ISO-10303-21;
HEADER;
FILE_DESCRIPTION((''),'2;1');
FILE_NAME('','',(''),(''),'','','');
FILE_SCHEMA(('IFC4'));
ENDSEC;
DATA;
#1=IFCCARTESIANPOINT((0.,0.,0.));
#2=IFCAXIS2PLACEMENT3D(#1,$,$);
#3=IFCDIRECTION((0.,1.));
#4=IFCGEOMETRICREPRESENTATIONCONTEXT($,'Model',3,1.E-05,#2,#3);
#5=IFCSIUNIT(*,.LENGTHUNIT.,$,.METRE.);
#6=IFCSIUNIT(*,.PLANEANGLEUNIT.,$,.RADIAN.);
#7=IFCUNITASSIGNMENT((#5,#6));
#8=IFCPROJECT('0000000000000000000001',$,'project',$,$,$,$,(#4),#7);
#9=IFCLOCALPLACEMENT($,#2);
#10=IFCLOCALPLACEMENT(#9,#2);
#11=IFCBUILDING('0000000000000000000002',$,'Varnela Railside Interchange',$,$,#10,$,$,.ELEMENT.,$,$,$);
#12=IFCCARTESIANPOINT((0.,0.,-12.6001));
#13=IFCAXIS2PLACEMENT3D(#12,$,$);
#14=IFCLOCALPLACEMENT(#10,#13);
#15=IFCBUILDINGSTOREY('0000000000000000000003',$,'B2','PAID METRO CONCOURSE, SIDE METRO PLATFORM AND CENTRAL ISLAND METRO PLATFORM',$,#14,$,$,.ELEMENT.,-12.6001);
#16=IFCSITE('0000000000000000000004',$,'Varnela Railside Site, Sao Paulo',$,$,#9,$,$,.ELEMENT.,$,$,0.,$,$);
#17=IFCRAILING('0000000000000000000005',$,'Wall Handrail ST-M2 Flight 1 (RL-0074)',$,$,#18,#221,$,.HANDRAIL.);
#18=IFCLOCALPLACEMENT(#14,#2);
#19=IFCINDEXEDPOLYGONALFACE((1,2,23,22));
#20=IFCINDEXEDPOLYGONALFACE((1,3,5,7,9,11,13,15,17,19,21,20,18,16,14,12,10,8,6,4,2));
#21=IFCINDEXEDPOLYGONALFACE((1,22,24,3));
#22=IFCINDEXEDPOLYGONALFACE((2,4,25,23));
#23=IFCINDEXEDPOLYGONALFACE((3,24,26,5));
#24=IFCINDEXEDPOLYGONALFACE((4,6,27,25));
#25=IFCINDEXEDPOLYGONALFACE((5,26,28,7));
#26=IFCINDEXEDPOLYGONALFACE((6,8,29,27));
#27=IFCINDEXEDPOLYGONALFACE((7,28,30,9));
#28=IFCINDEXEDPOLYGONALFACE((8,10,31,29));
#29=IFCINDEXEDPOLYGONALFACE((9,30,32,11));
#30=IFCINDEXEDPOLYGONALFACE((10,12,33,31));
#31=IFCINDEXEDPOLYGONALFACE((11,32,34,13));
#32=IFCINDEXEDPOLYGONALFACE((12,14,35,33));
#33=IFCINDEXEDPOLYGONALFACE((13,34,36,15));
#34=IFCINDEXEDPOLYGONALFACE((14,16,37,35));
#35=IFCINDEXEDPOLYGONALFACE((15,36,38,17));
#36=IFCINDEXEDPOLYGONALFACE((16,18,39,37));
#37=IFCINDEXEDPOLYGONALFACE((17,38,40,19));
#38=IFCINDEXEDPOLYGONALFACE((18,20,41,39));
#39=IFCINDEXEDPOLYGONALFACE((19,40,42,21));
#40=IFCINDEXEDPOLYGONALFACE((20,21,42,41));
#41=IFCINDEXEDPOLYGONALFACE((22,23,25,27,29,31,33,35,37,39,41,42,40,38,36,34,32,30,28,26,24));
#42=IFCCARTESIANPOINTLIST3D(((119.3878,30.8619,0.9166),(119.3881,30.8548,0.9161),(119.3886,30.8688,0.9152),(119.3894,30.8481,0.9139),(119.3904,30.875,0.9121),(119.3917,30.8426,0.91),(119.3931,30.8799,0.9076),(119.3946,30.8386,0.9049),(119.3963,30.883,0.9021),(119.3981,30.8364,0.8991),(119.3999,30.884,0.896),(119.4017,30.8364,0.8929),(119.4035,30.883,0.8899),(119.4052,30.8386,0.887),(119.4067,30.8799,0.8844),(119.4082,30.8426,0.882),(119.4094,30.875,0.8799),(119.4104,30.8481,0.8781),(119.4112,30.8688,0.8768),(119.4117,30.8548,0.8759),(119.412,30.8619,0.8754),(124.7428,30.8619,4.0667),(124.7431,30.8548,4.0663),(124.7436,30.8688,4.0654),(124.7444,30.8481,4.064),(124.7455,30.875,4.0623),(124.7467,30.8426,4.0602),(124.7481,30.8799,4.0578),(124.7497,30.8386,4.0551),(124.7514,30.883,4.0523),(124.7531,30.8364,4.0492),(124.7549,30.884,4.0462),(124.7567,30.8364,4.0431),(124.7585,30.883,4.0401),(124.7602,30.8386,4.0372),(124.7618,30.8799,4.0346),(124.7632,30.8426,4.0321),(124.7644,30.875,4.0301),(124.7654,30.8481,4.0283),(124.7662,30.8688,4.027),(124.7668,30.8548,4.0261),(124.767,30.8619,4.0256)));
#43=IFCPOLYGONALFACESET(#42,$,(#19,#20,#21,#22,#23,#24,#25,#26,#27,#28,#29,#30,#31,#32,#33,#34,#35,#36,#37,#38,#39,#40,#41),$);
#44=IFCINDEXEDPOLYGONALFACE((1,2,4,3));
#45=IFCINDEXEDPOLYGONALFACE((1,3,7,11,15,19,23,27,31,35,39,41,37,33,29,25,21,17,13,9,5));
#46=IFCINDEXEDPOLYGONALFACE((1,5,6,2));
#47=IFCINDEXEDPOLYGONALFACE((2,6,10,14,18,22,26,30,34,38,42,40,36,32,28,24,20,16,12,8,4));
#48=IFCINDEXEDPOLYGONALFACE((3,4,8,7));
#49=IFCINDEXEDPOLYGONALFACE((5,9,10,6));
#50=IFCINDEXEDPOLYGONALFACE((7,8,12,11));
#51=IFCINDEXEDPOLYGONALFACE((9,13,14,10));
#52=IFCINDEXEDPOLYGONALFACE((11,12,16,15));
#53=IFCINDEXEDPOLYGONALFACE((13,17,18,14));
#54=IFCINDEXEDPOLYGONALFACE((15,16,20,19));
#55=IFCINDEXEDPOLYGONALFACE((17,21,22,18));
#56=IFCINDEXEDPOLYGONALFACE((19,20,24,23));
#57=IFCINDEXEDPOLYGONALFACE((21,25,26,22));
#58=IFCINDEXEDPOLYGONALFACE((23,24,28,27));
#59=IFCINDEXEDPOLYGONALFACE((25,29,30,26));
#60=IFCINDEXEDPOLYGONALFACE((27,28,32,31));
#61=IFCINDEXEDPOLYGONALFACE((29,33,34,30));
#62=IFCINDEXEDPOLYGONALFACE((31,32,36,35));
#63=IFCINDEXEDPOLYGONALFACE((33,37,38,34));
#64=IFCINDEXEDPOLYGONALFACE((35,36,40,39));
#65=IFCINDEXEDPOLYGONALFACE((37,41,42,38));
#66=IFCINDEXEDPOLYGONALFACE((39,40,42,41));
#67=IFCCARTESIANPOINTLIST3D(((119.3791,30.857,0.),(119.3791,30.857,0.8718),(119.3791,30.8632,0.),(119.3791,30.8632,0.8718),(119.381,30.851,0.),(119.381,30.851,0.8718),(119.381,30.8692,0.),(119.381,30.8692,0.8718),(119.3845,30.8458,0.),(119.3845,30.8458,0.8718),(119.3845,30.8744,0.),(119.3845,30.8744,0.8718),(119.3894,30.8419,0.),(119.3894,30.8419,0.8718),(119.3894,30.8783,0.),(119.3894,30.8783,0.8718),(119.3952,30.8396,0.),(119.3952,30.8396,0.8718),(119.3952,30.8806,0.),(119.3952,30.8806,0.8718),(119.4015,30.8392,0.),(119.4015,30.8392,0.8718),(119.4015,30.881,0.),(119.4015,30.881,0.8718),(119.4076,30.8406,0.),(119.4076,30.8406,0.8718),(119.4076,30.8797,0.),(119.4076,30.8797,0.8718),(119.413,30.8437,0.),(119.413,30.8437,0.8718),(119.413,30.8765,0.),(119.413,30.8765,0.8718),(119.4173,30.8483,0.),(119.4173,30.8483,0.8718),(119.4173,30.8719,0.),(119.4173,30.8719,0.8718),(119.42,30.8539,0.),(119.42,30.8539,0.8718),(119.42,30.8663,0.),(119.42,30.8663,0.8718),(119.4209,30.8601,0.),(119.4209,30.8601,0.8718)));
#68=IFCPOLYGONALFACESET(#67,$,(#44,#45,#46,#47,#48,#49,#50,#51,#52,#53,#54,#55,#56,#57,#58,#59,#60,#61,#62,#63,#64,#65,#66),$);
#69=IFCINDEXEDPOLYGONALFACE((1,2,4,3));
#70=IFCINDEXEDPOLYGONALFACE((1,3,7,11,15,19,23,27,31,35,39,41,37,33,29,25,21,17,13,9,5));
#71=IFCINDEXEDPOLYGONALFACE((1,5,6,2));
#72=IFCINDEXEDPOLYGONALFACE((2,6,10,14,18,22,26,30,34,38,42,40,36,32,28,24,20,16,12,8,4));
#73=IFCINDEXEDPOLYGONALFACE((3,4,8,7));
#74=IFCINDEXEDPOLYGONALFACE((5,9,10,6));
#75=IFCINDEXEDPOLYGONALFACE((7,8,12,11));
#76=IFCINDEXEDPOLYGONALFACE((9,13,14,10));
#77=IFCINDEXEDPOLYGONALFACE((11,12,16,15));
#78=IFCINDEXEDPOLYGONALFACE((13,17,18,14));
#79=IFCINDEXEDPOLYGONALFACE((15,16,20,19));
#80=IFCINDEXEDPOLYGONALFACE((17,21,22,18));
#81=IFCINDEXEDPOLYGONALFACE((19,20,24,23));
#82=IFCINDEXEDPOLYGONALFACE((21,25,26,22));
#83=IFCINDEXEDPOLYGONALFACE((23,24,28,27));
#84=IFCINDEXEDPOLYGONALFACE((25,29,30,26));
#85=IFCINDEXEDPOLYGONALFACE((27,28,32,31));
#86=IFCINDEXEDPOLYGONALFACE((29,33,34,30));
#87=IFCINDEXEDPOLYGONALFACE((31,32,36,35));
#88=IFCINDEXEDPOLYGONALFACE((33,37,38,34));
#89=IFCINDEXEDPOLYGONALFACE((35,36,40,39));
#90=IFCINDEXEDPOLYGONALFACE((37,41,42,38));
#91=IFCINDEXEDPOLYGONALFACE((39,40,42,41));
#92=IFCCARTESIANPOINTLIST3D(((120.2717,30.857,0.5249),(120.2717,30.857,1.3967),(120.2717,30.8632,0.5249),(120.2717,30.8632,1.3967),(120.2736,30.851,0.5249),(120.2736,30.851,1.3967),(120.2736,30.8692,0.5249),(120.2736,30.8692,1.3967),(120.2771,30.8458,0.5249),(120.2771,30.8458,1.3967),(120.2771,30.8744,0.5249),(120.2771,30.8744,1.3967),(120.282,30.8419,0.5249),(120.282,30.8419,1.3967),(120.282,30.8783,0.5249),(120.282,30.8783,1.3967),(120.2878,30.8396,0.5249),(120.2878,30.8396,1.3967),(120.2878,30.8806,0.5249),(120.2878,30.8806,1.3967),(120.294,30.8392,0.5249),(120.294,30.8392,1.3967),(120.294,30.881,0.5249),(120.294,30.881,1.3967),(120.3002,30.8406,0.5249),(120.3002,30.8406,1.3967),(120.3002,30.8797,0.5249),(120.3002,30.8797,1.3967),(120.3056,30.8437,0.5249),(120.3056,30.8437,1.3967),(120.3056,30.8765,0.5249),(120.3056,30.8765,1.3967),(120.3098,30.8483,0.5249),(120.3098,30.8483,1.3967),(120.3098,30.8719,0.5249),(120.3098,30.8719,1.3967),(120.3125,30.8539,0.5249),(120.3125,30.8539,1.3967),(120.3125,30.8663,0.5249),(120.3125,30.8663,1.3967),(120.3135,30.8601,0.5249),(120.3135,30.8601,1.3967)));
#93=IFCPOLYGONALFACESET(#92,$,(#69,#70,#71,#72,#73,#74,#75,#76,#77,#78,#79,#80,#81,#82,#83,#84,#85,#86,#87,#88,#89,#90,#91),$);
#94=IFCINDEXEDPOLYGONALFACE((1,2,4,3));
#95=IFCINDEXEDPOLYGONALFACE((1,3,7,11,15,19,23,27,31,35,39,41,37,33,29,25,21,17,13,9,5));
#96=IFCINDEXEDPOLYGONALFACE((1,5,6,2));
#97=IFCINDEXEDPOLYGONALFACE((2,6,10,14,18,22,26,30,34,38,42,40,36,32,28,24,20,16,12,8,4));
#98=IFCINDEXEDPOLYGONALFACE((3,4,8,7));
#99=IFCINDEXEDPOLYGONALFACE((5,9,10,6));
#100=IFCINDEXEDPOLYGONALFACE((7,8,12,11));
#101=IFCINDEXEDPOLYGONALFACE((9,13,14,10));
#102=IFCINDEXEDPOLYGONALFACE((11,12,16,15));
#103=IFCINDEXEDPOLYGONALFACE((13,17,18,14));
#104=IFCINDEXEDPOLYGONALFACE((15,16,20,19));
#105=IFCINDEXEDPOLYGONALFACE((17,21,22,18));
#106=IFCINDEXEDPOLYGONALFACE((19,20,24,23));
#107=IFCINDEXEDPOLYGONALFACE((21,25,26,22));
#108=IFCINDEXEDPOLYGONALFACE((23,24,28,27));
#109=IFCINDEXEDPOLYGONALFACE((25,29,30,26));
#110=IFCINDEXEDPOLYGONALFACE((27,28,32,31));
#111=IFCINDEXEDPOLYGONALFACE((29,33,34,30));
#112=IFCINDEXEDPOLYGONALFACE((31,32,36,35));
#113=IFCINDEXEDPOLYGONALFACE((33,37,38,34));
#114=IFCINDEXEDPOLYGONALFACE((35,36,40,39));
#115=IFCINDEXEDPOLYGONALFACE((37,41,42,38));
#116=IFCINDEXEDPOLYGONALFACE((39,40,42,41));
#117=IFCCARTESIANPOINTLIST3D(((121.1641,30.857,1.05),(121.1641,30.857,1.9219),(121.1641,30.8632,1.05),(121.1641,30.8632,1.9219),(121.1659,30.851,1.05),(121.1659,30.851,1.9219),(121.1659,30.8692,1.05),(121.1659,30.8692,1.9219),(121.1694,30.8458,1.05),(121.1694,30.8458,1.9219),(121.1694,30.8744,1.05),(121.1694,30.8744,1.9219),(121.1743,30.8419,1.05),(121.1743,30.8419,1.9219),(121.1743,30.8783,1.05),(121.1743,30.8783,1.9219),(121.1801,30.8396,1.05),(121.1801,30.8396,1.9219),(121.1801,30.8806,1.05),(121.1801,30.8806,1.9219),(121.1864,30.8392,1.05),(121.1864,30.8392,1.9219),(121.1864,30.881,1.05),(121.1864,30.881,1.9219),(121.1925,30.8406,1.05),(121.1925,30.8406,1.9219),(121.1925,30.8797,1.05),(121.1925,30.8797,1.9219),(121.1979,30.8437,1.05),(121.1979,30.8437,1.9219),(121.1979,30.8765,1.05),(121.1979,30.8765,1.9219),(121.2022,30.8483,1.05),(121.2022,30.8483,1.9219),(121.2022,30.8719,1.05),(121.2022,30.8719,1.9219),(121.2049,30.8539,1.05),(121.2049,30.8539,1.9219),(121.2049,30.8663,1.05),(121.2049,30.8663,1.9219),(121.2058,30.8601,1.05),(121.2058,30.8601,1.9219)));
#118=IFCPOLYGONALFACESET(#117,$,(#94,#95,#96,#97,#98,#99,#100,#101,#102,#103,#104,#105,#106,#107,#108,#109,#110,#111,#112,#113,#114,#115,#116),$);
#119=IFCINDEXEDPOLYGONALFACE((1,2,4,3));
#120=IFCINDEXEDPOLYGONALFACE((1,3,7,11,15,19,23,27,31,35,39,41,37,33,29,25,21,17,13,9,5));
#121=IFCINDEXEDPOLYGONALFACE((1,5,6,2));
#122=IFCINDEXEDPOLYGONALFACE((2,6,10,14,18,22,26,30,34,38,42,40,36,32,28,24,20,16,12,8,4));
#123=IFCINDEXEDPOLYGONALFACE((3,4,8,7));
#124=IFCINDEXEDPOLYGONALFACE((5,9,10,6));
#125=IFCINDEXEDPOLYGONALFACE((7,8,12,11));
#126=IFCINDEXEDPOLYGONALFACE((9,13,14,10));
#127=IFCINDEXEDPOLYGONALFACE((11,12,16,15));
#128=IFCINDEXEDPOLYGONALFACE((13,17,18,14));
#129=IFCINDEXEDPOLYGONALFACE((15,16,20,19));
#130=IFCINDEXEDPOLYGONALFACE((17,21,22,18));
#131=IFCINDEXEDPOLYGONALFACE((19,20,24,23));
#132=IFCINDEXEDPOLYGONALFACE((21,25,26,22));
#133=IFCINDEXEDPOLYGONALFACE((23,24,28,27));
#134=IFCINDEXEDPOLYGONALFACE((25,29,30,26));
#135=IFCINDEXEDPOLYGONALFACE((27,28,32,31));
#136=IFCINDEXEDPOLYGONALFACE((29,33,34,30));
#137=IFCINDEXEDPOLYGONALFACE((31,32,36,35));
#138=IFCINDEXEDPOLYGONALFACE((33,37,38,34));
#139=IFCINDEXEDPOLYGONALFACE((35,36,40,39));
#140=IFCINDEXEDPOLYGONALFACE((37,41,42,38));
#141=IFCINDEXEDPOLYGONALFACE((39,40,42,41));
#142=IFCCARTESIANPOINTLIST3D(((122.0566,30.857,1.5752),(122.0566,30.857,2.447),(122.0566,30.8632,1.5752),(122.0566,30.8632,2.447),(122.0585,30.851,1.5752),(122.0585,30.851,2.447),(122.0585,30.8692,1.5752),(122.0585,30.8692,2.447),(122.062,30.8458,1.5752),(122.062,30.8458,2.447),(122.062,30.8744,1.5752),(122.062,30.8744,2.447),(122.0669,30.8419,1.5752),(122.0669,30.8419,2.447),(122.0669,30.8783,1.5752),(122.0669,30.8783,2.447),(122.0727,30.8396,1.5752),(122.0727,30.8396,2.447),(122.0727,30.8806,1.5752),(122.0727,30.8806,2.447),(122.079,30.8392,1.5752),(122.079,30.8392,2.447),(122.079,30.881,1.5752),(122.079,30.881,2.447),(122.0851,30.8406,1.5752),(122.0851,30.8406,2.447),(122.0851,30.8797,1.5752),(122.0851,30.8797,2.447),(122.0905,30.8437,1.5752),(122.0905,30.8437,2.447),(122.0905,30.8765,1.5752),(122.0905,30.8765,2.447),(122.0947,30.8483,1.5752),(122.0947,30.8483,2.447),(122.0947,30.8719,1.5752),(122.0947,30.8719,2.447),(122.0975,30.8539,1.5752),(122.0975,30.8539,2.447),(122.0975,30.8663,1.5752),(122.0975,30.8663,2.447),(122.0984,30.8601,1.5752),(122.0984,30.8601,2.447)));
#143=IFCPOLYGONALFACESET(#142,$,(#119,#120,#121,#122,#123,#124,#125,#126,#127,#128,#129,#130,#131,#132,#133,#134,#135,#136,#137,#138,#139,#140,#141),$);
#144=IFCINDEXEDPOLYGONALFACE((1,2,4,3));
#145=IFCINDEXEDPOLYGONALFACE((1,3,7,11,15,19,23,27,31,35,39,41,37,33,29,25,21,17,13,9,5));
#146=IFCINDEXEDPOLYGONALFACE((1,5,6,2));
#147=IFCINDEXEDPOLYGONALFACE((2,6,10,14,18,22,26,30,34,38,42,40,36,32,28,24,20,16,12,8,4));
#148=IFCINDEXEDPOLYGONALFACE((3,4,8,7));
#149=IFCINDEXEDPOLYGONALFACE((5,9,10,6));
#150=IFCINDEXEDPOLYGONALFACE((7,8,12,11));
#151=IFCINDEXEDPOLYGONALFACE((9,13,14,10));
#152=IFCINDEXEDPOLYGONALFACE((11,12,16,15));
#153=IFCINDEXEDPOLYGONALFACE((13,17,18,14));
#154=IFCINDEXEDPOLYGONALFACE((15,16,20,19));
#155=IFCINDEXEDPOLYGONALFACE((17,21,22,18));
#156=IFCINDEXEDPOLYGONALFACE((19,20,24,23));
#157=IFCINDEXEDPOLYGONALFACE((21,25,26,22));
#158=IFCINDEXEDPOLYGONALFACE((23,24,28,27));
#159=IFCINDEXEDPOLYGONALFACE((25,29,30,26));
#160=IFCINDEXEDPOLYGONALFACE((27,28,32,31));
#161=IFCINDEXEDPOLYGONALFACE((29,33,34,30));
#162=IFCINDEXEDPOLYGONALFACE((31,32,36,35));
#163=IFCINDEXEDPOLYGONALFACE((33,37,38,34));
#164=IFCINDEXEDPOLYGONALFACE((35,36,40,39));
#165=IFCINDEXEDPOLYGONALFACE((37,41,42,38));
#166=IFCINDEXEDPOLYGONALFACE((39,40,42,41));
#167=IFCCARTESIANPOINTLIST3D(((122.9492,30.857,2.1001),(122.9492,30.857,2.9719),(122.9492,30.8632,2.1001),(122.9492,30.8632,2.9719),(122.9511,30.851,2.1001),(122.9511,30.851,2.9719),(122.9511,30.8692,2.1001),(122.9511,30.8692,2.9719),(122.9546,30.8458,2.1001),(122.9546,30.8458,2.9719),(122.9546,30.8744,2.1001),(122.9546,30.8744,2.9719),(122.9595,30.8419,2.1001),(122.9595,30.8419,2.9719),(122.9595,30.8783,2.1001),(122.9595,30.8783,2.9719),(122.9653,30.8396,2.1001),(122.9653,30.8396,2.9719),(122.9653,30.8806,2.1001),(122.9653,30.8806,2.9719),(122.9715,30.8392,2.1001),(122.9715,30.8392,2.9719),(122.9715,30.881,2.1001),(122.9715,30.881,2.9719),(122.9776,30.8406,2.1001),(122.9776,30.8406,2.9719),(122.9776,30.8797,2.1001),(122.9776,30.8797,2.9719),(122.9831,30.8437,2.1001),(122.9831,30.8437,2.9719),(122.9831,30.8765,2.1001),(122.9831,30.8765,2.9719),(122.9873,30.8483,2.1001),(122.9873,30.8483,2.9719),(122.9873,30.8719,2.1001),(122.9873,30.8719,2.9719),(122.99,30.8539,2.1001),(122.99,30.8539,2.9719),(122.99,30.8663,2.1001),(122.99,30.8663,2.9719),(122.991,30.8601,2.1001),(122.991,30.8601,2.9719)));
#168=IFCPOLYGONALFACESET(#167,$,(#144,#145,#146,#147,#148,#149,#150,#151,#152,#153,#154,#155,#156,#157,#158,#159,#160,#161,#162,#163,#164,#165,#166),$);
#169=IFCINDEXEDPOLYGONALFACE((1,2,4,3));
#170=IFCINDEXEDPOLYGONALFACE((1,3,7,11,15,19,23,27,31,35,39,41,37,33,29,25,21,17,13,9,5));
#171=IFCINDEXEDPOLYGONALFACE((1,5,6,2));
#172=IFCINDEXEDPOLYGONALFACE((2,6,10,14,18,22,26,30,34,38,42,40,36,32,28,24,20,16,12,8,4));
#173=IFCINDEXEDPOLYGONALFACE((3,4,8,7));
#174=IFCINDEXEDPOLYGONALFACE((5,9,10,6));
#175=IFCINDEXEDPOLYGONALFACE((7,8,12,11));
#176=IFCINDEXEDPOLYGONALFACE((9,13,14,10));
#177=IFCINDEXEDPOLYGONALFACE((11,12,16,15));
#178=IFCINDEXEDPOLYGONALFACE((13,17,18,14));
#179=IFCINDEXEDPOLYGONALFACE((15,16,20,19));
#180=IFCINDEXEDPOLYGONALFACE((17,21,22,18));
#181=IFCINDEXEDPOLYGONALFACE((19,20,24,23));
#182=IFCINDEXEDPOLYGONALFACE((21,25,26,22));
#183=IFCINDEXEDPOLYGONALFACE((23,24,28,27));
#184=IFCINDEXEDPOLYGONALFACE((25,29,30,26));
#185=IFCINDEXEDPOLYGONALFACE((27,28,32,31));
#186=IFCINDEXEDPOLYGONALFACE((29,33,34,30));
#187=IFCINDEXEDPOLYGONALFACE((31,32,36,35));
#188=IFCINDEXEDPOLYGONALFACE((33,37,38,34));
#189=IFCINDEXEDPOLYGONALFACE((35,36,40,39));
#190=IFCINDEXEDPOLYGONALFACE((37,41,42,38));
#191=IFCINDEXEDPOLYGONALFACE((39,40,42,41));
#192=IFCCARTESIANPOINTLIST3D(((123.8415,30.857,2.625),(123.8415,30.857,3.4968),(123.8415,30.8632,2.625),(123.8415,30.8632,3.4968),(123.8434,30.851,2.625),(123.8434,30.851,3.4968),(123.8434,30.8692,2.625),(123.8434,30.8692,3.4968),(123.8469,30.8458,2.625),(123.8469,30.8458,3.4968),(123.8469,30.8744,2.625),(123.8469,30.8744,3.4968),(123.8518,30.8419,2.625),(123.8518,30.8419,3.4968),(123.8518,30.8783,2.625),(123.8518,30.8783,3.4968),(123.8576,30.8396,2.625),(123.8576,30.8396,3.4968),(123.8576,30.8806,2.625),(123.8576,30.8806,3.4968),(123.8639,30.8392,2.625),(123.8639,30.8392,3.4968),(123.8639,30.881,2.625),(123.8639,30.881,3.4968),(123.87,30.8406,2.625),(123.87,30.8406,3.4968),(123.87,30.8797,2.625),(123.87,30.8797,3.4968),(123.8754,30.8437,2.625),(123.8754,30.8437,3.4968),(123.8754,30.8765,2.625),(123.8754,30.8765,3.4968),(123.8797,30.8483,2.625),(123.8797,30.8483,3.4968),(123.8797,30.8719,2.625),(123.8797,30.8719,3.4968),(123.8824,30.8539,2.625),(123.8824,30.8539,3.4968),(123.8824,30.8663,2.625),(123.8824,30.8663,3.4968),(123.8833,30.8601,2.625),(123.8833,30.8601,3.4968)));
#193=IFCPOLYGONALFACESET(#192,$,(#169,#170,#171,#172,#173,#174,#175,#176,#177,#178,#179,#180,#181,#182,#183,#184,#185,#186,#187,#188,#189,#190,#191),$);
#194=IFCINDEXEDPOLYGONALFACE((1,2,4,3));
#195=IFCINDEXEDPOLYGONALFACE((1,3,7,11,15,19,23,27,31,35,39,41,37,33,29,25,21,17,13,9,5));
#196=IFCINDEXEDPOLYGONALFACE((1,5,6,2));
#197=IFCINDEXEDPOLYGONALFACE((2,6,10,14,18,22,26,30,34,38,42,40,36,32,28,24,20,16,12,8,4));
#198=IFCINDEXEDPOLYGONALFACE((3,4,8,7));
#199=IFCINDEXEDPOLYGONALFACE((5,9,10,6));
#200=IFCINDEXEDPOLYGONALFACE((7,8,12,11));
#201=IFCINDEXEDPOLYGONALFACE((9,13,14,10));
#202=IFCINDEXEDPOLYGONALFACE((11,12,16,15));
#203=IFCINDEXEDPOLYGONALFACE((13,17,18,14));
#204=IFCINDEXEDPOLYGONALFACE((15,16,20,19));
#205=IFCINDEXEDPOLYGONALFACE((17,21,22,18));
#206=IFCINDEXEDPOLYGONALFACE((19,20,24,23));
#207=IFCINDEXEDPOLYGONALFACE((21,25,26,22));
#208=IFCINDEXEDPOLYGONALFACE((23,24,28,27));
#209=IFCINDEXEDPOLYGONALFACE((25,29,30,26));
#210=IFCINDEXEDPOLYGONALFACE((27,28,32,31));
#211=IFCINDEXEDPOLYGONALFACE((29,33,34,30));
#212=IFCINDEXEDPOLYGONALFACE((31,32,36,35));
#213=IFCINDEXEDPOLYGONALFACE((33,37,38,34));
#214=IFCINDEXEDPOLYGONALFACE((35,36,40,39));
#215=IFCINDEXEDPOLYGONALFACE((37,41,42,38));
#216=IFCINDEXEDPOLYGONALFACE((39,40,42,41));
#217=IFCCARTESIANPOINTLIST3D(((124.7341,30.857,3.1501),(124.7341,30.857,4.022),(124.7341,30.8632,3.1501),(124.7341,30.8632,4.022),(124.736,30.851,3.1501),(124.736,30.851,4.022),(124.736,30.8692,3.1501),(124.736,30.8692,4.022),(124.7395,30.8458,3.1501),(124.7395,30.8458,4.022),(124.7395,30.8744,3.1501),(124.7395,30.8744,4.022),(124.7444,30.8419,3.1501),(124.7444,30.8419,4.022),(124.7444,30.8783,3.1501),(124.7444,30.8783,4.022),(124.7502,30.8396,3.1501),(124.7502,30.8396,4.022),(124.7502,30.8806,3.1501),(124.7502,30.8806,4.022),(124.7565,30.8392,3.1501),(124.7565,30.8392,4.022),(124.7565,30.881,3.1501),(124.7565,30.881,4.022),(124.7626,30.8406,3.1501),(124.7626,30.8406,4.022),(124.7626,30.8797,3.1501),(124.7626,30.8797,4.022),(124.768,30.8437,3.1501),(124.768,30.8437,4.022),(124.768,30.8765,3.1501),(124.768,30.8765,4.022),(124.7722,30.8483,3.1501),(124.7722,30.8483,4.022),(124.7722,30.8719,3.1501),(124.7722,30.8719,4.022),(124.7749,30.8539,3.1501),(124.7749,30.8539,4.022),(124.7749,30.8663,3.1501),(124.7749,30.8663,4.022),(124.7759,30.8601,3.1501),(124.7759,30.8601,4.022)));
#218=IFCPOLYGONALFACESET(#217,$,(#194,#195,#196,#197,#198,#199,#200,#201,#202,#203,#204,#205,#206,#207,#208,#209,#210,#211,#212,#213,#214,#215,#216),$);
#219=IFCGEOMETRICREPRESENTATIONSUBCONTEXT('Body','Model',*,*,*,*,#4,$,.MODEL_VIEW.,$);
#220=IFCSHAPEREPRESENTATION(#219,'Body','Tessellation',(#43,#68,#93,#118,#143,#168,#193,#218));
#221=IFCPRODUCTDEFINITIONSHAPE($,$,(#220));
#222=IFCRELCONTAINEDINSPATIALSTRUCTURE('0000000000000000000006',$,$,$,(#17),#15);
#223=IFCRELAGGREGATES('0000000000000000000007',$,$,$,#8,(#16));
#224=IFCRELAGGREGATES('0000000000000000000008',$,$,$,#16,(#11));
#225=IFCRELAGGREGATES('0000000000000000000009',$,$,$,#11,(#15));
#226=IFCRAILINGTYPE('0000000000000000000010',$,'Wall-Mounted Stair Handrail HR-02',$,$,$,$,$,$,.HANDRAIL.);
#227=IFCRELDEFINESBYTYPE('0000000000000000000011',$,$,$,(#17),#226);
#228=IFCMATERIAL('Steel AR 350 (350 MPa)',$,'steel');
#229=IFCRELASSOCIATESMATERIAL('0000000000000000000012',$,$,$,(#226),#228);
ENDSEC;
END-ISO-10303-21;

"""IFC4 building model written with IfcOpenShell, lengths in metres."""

from ifc_helpers import new_model, si_unit, direction, frame, origin, origin_2d, place, context, subcontext, project, spatial, circle, extrude, material, type_object, element, save


model = new_model("IFC4")

# Units and contexts
model_context = context("Model", 3, precision=1e-05, world=origin(), true_north=direction((0.0, 1.0)))
body_context = subcontext(model_context, "Body", "Model", "MODEL_VIEW")
ifc_project = project(units=[si_unit("LENGTHUNIT", "METRE"), si_unit("PLANEANGLEUNIT", "RADIAN")], contexts=[model_context])

# Site, building, storey
site_placement = place(None, origin())
site = spatial("IfcSite", under=ifc_project, at=site_placement, Name="Varnela Railside Site, Sao Paulo", CompositionType="ELEMENT", RefElevation=0.0)
building_placement = place(site_placement, origin())
building = spatial("IfcBuilding", under=site, at=building_placement, Name="Varnela Railside Interchange", CompositionType="ELEMENT")
storey_placement = place(building_placement, frame((0.0, 0.0, -12.6001)))
storey = spatial("IfcBuildingStorey", under=building, at=storey_placement, Name="B2", Description="PAID METRO CONCOURSE, SIDE METRO PLATFORM AND CENTRAL ISLAND METRO PLATFORM", CompositionType="ELEMENT", Elevation=-12.6001)

# Railing
ifc_material_1 = material(Name="Steel AR 350 (350 MPa)", Category="steel")
railing_type = type_object("IfcRailingType", Name="Wall-Mounted Stair Handrail HR-02", PredefinedType="HANDRAIL", material=ifc_material_1)
railing_placement = place(storey_placement, frame((119.3999, 30.8601, 0.0)))
element("IfcRailing", 1, at=railing_placement, inside=storey, type_object=railing_type, Name="Wall Handrail ST-M2 Flight 1 (RL-0074)", PredefinedType="HANDRAIL", context=body_context, shape_type="SweptSolid", body=[
    extrude(circle(Radius=0.0239, at=origin_2d()), frame((0.0, 0.0, 0.896), z_axis=(0.861923, 0.0, 0.507039), x_axis=(0.0, 1.0, 0.0)), (0.0, 0.0, 1.0), 6.2129),
    extrude(circle(Radius=0.021, at=origin_2d()), origin(), (0.0, 0.0, 1.0), 0.8718),
    extrude(circle(Radius=0.021, at=origin_2d()), frame((0.8926, 0.0, 0.5249)), (0.0, 0.0, 1.0), 0.8718),
    extrude(circle(Radius=0.021, at=origin_2d()), frame((1.7849, 0.0, 1.05)), (0.0, 0.0, 1.0), 0.8718),
    extrude(circle(Radius=0.021, at=origin_2d()), frame((2.6775, 0.0, 1.5752)), (0.0, 0.0, 1.0), 0.8718),
    extrude(circle(Radius=0.021, at=origin_2d()), frame((3.5701, 0.0, 2.1001)), (0.0, 0.0, 1.0), 0.8718),
    extrude(circle(Radius=0.021, at=origin_2d()), frame((4.4624, 0.0, 2.625)), (0.0, 0.0, 1.0), 0.8718),
    extrude(circle(Radius=0.021, at=origin_2d()), frame((5.355, 0.0, 3.1501)), (0.0, 0.0, 1.0), 0.8718),
])

save(model, "model.ifc")
